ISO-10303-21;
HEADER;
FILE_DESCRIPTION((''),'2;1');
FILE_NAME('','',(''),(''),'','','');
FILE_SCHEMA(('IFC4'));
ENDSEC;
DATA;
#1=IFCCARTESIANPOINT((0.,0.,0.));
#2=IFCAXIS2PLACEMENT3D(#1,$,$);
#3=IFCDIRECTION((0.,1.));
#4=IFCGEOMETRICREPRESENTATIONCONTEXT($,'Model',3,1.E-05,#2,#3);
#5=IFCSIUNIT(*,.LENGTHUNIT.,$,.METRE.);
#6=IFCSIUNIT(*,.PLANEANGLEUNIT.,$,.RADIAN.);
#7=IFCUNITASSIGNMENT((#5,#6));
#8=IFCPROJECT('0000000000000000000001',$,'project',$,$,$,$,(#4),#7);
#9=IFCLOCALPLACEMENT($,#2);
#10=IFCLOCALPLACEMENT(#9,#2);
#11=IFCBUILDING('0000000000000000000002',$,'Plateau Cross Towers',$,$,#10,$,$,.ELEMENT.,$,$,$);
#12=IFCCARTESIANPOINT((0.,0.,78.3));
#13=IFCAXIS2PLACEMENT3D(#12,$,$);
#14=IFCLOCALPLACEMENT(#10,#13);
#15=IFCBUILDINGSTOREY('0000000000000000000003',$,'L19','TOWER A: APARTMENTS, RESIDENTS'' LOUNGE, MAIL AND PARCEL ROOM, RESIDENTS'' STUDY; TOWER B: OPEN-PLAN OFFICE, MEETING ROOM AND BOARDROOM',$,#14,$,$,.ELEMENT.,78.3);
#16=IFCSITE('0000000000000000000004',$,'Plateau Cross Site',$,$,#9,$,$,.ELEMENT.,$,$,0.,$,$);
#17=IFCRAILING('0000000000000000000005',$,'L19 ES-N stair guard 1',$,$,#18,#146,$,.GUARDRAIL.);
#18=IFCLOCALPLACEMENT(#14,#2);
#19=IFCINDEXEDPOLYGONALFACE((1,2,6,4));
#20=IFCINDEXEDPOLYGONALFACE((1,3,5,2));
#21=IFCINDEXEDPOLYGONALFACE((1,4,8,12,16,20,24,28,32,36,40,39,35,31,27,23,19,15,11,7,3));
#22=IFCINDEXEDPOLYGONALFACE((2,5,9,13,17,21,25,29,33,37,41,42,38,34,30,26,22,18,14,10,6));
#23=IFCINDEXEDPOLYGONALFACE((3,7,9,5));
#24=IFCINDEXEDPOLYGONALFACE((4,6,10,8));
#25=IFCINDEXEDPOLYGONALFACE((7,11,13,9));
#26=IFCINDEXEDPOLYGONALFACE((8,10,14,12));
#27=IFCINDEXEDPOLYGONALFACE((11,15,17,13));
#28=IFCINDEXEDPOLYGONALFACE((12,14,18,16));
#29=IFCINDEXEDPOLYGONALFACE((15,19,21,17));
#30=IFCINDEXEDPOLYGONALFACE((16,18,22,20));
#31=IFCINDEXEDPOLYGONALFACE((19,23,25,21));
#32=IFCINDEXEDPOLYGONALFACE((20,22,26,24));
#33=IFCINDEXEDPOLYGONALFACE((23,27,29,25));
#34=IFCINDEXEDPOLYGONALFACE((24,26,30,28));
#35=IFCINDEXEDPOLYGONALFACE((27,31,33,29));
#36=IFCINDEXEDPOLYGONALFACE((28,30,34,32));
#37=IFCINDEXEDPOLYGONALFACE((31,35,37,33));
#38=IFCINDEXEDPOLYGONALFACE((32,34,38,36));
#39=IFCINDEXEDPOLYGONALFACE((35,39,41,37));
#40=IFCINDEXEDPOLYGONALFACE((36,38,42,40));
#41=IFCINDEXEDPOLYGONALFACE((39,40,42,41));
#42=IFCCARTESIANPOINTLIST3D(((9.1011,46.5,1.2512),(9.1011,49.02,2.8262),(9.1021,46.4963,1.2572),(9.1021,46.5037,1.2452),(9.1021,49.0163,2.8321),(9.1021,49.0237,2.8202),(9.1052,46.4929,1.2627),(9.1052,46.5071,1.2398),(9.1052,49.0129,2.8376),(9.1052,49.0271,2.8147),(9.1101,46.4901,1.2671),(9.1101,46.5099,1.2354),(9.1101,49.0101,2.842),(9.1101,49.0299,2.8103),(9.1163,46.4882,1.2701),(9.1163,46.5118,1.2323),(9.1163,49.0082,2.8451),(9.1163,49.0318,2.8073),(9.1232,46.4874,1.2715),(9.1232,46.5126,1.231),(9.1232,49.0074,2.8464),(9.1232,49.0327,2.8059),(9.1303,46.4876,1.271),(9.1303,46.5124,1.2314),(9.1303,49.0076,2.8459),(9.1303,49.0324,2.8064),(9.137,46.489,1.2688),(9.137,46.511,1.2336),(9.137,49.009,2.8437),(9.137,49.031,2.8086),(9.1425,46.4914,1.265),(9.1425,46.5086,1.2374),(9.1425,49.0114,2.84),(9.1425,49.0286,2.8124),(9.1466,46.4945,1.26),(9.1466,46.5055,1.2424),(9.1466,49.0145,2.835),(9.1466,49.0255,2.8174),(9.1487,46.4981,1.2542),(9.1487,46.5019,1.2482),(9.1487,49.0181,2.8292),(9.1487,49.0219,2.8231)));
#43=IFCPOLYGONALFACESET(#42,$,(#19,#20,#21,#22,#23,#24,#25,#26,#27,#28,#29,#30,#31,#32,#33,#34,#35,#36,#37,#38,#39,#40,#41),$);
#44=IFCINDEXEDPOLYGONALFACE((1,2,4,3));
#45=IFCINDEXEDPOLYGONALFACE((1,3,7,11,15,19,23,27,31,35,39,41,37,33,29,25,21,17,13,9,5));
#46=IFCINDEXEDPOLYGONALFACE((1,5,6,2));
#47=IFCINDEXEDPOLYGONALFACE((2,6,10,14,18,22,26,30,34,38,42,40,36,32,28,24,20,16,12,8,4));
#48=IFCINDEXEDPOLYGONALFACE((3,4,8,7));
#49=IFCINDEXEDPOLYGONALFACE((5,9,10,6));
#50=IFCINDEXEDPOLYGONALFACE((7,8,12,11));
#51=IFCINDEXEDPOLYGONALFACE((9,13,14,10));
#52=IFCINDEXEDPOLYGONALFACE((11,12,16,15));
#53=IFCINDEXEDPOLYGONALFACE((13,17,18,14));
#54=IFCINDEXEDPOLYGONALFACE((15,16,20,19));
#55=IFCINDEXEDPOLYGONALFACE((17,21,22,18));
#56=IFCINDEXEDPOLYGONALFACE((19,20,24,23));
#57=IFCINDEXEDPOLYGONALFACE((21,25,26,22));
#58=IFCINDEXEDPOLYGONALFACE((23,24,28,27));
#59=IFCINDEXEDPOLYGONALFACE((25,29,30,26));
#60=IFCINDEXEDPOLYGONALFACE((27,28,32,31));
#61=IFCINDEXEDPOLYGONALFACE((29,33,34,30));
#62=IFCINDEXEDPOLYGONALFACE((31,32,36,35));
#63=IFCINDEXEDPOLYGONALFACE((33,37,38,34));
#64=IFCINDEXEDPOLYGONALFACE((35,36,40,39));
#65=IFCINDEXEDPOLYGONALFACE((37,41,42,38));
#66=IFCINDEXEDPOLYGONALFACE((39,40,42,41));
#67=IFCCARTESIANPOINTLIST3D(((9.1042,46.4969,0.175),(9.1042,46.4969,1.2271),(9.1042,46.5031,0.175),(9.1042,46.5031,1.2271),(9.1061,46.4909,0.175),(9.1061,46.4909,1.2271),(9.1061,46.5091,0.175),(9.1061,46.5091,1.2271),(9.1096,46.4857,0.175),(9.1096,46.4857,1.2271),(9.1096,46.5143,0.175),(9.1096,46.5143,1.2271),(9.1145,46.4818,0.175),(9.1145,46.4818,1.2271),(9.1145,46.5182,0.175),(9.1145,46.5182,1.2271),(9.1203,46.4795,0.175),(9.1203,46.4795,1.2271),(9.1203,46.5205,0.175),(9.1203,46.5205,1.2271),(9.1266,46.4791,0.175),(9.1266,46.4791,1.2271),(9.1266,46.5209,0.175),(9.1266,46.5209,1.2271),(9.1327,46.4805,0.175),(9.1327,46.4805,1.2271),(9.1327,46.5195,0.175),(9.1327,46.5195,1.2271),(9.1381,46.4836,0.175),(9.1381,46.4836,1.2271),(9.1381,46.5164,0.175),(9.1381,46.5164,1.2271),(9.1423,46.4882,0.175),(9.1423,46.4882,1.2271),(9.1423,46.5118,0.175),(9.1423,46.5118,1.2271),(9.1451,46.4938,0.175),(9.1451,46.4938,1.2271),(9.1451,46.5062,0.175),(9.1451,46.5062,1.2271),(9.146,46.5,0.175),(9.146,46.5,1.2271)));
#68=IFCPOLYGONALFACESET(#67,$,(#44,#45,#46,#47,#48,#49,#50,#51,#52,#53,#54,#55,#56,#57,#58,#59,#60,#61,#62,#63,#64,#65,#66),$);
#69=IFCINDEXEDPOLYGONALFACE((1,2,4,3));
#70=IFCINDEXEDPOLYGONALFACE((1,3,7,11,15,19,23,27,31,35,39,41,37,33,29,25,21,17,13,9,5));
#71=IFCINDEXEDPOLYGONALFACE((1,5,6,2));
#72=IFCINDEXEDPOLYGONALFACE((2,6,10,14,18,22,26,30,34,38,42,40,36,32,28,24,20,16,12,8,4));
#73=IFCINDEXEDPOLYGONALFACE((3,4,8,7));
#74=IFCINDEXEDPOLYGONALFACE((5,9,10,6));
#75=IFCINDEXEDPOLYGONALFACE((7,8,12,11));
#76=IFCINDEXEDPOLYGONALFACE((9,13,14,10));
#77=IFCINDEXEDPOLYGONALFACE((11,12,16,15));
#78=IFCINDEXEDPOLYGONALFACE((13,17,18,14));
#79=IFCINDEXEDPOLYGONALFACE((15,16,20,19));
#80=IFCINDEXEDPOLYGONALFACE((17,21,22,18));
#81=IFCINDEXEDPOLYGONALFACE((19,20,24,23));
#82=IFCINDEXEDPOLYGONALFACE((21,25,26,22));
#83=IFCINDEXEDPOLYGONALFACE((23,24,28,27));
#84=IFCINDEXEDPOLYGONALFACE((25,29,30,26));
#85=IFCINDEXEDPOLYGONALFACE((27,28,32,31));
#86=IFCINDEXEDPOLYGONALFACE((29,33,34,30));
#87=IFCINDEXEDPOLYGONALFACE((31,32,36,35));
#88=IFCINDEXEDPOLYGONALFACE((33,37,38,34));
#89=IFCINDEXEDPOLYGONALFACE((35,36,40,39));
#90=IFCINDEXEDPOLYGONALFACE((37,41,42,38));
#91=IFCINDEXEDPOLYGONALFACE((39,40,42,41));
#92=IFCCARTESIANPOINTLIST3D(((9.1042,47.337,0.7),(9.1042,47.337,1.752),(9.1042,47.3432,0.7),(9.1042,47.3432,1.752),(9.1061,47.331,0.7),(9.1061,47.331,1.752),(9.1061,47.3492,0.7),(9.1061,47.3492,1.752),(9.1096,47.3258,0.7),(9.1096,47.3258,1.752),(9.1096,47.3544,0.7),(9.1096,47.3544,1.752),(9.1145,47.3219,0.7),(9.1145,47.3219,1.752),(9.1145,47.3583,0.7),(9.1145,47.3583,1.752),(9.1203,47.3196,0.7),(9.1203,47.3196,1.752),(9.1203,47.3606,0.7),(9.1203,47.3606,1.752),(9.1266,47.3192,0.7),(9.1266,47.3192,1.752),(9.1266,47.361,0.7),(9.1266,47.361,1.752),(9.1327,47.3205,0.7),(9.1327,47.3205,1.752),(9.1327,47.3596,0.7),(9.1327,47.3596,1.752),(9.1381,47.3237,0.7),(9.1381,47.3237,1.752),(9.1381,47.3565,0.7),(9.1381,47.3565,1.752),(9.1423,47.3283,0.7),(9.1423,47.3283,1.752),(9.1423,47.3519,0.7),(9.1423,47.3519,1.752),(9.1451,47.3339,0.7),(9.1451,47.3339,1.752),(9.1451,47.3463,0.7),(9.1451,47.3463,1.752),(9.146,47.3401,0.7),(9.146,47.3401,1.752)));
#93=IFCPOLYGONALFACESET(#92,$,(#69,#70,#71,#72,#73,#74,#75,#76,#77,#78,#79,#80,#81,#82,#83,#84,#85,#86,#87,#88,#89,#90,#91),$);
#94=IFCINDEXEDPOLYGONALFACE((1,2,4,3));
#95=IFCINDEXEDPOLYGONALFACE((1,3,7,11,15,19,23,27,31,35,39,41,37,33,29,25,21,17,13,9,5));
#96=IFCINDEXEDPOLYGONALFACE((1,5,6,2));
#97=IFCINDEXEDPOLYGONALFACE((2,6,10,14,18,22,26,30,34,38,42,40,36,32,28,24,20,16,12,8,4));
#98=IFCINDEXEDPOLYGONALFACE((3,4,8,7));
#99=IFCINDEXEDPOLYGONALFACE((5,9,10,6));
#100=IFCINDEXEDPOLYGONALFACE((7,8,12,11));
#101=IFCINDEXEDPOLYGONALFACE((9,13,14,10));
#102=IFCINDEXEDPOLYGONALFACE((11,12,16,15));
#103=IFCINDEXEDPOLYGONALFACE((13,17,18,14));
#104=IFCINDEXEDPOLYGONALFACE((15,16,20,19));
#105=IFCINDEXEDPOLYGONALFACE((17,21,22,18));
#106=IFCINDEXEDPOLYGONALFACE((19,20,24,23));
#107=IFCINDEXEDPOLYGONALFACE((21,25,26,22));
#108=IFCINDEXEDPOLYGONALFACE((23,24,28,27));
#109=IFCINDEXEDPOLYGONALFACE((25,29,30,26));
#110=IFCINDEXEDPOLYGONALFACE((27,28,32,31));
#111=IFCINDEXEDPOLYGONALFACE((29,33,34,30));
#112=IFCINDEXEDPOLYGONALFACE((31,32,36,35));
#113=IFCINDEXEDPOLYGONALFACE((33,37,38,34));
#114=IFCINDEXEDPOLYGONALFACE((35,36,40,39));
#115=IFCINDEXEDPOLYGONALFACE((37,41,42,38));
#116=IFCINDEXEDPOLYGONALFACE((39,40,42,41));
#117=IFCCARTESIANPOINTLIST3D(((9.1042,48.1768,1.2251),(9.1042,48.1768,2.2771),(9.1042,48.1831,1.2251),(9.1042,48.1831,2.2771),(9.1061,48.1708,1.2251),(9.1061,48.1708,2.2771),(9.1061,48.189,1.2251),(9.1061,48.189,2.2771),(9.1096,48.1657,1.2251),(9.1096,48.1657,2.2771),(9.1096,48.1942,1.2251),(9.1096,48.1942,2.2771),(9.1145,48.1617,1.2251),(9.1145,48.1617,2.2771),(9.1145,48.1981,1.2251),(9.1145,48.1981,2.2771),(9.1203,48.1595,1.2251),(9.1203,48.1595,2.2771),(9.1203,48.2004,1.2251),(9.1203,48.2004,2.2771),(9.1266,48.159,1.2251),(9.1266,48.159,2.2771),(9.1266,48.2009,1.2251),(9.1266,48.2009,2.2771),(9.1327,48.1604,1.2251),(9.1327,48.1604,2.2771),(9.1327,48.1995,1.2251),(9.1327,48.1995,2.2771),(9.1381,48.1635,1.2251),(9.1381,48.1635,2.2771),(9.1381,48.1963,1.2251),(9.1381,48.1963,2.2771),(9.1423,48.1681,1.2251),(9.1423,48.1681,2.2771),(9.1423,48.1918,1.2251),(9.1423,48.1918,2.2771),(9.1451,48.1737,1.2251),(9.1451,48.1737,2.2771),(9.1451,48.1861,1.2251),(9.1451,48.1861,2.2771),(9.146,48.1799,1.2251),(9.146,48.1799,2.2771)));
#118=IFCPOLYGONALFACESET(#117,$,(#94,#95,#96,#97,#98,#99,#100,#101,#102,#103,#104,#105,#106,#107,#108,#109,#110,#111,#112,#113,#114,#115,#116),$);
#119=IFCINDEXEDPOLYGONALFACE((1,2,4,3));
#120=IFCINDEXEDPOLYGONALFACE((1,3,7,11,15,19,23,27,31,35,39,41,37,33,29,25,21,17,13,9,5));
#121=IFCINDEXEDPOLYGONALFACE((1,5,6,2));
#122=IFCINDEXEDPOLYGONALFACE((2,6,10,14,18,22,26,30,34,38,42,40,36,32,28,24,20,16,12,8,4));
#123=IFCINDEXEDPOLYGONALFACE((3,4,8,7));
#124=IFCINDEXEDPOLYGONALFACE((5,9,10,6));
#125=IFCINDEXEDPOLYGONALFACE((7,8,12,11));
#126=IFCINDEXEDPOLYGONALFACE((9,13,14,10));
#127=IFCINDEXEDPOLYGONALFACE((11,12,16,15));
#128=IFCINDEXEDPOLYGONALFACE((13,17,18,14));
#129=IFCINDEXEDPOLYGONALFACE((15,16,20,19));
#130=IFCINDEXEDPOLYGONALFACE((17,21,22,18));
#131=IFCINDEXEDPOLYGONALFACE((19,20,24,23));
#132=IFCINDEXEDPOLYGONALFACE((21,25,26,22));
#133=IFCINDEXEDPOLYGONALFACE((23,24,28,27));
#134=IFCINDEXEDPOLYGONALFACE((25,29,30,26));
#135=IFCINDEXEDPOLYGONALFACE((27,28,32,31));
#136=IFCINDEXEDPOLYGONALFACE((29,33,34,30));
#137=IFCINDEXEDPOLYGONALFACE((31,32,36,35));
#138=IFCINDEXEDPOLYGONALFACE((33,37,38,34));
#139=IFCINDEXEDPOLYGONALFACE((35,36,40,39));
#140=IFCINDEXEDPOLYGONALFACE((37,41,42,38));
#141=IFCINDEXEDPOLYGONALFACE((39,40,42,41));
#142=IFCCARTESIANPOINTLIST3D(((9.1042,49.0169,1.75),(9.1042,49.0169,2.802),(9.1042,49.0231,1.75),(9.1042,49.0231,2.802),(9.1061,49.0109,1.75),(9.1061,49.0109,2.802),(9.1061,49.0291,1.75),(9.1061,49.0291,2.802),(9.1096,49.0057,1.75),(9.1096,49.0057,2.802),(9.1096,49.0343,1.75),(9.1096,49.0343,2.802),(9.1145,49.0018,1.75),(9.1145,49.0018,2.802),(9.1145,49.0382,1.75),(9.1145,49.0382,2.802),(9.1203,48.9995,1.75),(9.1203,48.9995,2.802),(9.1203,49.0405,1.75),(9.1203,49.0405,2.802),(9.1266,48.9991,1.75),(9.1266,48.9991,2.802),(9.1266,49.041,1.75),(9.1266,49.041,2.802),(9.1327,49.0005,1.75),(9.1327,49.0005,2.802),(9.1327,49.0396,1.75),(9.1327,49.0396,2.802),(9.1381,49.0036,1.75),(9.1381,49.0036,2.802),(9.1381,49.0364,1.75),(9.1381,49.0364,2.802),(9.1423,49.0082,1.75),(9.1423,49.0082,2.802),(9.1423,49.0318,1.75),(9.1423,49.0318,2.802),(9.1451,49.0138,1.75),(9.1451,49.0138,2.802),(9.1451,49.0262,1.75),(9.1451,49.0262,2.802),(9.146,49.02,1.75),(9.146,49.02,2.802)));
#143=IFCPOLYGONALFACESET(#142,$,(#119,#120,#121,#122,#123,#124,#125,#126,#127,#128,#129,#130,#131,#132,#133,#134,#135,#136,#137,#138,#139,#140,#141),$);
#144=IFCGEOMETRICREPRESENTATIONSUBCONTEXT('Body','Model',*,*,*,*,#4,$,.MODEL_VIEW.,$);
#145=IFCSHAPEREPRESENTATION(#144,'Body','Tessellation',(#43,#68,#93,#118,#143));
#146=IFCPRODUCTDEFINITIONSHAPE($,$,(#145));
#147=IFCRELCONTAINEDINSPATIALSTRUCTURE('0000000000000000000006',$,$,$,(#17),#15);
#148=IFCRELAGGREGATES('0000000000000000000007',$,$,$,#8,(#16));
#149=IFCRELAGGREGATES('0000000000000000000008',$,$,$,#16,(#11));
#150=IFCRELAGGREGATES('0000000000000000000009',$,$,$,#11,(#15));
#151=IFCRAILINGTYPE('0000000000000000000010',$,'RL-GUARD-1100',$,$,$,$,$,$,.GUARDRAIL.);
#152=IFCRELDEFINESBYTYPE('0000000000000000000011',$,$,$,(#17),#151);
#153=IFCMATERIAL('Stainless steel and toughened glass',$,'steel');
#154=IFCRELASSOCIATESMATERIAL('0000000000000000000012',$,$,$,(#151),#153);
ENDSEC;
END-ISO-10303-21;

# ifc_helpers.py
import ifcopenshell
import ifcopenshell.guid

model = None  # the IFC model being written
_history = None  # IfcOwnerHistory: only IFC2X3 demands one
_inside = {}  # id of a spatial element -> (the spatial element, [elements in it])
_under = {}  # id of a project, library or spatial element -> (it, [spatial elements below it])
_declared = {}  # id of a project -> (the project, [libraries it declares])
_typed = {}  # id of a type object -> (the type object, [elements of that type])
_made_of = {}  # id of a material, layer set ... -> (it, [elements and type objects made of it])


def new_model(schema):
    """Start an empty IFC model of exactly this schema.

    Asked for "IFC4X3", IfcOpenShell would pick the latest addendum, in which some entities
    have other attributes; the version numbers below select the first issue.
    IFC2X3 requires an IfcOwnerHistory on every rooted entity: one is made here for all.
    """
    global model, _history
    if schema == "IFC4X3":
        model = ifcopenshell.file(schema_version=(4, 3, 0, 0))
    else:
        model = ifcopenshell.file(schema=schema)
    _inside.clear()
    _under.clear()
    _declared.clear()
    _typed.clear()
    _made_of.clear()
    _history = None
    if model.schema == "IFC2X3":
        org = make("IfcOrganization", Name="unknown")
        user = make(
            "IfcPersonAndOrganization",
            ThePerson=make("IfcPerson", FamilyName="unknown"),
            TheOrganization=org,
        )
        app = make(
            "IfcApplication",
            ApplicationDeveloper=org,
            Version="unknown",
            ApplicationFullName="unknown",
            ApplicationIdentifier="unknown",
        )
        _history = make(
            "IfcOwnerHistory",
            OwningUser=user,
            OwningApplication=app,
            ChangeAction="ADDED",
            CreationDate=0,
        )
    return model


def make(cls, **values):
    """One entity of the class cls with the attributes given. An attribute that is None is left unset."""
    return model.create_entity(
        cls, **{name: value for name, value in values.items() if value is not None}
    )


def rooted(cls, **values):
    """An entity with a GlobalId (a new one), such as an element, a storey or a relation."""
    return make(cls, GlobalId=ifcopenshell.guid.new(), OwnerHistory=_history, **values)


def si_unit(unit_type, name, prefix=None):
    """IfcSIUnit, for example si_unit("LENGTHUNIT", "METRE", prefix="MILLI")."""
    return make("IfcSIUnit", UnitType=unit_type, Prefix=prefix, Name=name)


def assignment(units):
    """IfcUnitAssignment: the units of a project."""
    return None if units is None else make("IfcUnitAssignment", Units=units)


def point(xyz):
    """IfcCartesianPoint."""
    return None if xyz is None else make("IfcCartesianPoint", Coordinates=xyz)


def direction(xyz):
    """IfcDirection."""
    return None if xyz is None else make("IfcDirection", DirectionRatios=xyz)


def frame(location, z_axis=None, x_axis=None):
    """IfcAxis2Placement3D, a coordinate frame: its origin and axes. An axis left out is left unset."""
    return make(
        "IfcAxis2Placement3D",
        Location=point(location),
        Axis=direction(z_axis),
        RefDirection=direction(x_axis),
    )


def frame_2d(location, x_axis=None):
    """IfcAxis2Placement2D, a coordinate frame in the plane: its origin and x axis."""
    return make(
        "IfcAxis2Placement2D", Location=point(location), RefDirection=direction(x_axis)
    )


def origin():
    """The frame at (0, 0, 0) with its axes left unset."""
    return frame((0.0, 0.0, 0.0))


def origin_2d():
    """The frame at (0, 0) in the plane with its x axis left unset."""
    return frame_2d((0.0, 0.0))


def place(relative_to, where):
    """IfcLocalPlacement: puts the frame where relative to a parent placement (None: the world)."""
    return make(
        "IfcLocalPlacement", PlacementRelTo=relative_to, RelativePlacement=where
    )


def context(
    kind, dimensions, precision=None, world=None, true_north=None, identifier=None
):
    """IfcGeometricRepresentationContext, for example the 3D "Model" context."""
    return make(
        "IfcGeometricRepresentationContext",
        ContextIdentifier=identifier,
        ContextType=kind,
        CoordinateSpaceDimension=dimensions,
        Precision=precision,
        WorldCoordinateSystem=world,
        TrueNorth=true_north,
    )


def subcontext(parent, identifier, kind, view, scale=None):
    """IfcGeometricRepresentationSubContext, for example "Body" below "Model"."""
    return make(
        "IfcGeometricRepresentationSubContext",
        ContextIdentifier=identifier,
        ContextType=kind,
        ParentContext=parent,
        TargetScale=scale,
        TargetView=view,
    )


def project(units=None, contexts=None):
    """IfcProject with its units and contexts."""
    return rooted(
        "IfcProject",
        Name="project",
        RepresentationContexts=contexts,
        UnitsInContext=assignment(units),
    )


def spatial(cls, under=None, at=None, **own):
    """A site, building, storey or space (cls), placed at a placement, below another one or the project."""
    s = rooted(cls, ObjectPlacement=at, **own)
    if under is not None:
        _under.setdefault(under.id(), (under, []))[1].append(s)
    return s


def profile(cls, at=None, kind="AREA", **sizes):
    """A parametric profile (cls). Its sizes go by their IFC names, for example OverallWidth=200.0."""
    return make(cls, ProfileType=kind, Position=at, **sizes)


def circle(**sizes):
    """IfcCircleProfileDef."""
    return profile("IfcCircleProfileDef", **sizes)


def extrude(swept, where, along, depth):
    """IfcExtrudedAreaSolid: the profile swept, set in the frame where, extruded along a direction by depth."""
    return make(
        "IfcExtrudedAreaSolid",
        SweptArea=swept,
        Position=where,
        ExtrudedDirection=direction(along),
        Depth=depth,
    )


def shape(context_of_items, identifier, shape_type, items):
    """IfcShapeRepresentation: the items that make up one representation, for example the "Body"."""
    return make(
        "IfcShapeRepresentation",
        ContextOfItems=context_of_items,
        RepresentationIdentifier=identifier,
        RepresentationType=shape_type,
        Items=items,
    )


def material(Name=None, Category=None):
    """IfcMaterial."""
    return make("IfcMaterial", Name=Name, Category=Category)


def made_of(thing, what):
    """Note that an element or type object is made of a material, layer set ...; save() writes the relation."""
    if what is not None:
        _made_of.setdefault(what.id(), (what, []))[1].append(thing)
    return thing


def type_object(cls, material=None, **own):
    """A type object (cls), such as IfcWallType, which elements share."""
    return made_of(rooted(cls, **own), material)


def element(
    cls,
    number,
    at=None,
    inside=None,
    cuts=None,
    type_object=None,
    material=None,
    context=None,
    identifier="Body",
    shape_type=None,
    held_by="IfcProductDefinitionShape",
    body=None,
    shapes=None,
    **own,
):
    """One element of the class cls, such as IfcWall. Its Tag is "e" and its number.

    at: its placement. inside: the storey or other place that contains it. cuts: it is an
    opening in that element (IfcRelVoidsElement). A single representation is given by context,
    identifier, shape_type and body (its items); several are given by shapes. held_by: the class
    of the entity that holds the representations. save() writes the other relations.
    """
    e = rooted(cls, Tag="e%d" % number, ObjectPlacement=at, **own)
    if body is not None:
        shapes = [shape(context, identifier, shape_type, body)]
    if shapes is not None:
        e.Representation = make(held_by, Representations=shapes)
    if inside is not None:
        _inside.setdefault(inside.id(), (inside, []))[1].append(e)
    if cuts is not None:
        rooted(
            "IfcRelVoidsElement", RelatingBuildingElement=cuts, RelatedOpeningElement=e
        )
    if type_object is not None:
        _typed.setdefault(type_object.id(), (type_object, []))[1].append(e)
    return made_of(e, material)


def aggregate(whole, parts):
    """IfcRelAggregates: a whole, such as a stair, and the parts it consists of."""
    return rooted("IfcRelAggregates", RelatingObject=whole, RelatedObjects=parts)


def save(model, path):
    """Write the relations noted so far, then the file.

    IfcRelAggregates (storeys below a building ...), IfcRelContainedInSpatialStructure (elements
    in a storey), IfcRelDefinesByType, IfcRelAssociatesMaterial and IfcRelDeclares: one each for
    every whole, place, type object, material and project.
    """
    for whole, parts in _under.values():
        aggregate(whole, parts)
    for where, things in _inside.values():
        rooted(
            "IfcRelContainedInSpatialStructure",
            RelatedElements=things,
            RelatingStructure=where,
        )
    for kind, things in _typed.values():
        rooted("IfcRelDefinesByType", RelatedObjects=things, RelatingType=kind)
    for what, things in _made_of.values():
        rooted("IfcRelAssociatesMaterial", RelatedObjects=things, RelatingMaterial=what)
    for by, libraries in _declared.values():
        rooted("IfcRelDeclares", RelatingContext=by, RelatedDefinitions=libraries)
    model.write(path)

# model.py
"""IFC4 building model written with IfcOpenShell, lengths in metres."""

from ifc_helpers import new_model, si_unit, direction, frame, origin, origin_2d, place, context, subcontext, project, spatial, circle, extrude, material, type_object, element, save


model = new_model("IFC4")

# Units and contexts
model_context = context("Model", 3, precision=1e-05, world=origin(), true_north=direction((0.0, 1.0)))
body_context = subcontext(model_context, "Body", "Model", "MODEL_VIEW")
ifc_project = project(units=[si_unit("LENGTHUNIT", "METRE"), si_unit("PLANEANGLEUNIT", "RADIAN")], contexts=[model_context])

# Site, building, storey
site_placement = place(None, origin())
site = spatial("IfcSite", under=ifc_project, at=site_placement, Name="Plateau Cross Site", CompositionType="ELEMENT", RefElevation=0.0)
building_placement = place(site_placement, origin())
building = spatial("IfcBuilding", under=site, at=building_placement, Name="Plateau Cross Towers", CompositionType="ELEMENT")
storey_placement = place(building_placement, frame((0.0, 0.0, 78.3)))
storey = spatial("IfcBuildingStorey", under=building, at=storey_placement, Name="L19", Description="TOWER A: APARTMENTS, RESIDENTS' LOUNGE, MAIL AND PARCEL ROOM, RESIDENTS' STUDY; TOWER B: OPEN-PLAN OFFICE, MEETING ROOM AND BOARDROOM", CompositionType="ELEMENT", Elevation=78.3)

# Railing
ifc_material_1 = material(Name="Stainless steel and toughened glass", Category="steel")
railing_type_1 = type_object("IfcRailingType", Name="RL-GUARD-1100", PredefinedType="GUARDRAIL", material=ifc_material_1)
railing_1_placement = place(storey_placement, frame((9.125, 46.5, 0.175)))
element("IfcRailing", 1, at=railing_1_placement, inside=storey, type_object=railing_type_1, Name="L19 ES-N stair guard 1", PredefinedType="GUARDRAIL", context=body_context, shape_type="SweptSolid", body=[
    extrude(circle(Radius=0.0239, at=origin_2d()), frame((0.0, 0.0, 1.0762), z_axis=(0.0, 0.848008, 0.529984), x_axis=(-1.0, 0.0, 0.0)), (0.0, 0.0, 1.0), 2.9717),
    extrude(circle(Radius=0.021, at=origin_2d()), origin(), (0.0, 0.0, 1.0), 1.052),
    extrude(circle(Radius=0.021, at=origin_2d()), frame((0.0, 0.8401, 0.5249)), (0.0, 0.0, 1.0), 1.052),
    extrude(circle(Radius=0.021, at=origin_2d()), frame((0.0, 1.6799, 1.05)), (0.0, 0.0, 1.0), 1.052),
    extrude(circle(Radius=0.021, at=origin_2d()), frame((0.0, 2.52, 1.575)), (0.0, 0.0, 1.0), 1.052),
])

save(model, "model.ifc")
